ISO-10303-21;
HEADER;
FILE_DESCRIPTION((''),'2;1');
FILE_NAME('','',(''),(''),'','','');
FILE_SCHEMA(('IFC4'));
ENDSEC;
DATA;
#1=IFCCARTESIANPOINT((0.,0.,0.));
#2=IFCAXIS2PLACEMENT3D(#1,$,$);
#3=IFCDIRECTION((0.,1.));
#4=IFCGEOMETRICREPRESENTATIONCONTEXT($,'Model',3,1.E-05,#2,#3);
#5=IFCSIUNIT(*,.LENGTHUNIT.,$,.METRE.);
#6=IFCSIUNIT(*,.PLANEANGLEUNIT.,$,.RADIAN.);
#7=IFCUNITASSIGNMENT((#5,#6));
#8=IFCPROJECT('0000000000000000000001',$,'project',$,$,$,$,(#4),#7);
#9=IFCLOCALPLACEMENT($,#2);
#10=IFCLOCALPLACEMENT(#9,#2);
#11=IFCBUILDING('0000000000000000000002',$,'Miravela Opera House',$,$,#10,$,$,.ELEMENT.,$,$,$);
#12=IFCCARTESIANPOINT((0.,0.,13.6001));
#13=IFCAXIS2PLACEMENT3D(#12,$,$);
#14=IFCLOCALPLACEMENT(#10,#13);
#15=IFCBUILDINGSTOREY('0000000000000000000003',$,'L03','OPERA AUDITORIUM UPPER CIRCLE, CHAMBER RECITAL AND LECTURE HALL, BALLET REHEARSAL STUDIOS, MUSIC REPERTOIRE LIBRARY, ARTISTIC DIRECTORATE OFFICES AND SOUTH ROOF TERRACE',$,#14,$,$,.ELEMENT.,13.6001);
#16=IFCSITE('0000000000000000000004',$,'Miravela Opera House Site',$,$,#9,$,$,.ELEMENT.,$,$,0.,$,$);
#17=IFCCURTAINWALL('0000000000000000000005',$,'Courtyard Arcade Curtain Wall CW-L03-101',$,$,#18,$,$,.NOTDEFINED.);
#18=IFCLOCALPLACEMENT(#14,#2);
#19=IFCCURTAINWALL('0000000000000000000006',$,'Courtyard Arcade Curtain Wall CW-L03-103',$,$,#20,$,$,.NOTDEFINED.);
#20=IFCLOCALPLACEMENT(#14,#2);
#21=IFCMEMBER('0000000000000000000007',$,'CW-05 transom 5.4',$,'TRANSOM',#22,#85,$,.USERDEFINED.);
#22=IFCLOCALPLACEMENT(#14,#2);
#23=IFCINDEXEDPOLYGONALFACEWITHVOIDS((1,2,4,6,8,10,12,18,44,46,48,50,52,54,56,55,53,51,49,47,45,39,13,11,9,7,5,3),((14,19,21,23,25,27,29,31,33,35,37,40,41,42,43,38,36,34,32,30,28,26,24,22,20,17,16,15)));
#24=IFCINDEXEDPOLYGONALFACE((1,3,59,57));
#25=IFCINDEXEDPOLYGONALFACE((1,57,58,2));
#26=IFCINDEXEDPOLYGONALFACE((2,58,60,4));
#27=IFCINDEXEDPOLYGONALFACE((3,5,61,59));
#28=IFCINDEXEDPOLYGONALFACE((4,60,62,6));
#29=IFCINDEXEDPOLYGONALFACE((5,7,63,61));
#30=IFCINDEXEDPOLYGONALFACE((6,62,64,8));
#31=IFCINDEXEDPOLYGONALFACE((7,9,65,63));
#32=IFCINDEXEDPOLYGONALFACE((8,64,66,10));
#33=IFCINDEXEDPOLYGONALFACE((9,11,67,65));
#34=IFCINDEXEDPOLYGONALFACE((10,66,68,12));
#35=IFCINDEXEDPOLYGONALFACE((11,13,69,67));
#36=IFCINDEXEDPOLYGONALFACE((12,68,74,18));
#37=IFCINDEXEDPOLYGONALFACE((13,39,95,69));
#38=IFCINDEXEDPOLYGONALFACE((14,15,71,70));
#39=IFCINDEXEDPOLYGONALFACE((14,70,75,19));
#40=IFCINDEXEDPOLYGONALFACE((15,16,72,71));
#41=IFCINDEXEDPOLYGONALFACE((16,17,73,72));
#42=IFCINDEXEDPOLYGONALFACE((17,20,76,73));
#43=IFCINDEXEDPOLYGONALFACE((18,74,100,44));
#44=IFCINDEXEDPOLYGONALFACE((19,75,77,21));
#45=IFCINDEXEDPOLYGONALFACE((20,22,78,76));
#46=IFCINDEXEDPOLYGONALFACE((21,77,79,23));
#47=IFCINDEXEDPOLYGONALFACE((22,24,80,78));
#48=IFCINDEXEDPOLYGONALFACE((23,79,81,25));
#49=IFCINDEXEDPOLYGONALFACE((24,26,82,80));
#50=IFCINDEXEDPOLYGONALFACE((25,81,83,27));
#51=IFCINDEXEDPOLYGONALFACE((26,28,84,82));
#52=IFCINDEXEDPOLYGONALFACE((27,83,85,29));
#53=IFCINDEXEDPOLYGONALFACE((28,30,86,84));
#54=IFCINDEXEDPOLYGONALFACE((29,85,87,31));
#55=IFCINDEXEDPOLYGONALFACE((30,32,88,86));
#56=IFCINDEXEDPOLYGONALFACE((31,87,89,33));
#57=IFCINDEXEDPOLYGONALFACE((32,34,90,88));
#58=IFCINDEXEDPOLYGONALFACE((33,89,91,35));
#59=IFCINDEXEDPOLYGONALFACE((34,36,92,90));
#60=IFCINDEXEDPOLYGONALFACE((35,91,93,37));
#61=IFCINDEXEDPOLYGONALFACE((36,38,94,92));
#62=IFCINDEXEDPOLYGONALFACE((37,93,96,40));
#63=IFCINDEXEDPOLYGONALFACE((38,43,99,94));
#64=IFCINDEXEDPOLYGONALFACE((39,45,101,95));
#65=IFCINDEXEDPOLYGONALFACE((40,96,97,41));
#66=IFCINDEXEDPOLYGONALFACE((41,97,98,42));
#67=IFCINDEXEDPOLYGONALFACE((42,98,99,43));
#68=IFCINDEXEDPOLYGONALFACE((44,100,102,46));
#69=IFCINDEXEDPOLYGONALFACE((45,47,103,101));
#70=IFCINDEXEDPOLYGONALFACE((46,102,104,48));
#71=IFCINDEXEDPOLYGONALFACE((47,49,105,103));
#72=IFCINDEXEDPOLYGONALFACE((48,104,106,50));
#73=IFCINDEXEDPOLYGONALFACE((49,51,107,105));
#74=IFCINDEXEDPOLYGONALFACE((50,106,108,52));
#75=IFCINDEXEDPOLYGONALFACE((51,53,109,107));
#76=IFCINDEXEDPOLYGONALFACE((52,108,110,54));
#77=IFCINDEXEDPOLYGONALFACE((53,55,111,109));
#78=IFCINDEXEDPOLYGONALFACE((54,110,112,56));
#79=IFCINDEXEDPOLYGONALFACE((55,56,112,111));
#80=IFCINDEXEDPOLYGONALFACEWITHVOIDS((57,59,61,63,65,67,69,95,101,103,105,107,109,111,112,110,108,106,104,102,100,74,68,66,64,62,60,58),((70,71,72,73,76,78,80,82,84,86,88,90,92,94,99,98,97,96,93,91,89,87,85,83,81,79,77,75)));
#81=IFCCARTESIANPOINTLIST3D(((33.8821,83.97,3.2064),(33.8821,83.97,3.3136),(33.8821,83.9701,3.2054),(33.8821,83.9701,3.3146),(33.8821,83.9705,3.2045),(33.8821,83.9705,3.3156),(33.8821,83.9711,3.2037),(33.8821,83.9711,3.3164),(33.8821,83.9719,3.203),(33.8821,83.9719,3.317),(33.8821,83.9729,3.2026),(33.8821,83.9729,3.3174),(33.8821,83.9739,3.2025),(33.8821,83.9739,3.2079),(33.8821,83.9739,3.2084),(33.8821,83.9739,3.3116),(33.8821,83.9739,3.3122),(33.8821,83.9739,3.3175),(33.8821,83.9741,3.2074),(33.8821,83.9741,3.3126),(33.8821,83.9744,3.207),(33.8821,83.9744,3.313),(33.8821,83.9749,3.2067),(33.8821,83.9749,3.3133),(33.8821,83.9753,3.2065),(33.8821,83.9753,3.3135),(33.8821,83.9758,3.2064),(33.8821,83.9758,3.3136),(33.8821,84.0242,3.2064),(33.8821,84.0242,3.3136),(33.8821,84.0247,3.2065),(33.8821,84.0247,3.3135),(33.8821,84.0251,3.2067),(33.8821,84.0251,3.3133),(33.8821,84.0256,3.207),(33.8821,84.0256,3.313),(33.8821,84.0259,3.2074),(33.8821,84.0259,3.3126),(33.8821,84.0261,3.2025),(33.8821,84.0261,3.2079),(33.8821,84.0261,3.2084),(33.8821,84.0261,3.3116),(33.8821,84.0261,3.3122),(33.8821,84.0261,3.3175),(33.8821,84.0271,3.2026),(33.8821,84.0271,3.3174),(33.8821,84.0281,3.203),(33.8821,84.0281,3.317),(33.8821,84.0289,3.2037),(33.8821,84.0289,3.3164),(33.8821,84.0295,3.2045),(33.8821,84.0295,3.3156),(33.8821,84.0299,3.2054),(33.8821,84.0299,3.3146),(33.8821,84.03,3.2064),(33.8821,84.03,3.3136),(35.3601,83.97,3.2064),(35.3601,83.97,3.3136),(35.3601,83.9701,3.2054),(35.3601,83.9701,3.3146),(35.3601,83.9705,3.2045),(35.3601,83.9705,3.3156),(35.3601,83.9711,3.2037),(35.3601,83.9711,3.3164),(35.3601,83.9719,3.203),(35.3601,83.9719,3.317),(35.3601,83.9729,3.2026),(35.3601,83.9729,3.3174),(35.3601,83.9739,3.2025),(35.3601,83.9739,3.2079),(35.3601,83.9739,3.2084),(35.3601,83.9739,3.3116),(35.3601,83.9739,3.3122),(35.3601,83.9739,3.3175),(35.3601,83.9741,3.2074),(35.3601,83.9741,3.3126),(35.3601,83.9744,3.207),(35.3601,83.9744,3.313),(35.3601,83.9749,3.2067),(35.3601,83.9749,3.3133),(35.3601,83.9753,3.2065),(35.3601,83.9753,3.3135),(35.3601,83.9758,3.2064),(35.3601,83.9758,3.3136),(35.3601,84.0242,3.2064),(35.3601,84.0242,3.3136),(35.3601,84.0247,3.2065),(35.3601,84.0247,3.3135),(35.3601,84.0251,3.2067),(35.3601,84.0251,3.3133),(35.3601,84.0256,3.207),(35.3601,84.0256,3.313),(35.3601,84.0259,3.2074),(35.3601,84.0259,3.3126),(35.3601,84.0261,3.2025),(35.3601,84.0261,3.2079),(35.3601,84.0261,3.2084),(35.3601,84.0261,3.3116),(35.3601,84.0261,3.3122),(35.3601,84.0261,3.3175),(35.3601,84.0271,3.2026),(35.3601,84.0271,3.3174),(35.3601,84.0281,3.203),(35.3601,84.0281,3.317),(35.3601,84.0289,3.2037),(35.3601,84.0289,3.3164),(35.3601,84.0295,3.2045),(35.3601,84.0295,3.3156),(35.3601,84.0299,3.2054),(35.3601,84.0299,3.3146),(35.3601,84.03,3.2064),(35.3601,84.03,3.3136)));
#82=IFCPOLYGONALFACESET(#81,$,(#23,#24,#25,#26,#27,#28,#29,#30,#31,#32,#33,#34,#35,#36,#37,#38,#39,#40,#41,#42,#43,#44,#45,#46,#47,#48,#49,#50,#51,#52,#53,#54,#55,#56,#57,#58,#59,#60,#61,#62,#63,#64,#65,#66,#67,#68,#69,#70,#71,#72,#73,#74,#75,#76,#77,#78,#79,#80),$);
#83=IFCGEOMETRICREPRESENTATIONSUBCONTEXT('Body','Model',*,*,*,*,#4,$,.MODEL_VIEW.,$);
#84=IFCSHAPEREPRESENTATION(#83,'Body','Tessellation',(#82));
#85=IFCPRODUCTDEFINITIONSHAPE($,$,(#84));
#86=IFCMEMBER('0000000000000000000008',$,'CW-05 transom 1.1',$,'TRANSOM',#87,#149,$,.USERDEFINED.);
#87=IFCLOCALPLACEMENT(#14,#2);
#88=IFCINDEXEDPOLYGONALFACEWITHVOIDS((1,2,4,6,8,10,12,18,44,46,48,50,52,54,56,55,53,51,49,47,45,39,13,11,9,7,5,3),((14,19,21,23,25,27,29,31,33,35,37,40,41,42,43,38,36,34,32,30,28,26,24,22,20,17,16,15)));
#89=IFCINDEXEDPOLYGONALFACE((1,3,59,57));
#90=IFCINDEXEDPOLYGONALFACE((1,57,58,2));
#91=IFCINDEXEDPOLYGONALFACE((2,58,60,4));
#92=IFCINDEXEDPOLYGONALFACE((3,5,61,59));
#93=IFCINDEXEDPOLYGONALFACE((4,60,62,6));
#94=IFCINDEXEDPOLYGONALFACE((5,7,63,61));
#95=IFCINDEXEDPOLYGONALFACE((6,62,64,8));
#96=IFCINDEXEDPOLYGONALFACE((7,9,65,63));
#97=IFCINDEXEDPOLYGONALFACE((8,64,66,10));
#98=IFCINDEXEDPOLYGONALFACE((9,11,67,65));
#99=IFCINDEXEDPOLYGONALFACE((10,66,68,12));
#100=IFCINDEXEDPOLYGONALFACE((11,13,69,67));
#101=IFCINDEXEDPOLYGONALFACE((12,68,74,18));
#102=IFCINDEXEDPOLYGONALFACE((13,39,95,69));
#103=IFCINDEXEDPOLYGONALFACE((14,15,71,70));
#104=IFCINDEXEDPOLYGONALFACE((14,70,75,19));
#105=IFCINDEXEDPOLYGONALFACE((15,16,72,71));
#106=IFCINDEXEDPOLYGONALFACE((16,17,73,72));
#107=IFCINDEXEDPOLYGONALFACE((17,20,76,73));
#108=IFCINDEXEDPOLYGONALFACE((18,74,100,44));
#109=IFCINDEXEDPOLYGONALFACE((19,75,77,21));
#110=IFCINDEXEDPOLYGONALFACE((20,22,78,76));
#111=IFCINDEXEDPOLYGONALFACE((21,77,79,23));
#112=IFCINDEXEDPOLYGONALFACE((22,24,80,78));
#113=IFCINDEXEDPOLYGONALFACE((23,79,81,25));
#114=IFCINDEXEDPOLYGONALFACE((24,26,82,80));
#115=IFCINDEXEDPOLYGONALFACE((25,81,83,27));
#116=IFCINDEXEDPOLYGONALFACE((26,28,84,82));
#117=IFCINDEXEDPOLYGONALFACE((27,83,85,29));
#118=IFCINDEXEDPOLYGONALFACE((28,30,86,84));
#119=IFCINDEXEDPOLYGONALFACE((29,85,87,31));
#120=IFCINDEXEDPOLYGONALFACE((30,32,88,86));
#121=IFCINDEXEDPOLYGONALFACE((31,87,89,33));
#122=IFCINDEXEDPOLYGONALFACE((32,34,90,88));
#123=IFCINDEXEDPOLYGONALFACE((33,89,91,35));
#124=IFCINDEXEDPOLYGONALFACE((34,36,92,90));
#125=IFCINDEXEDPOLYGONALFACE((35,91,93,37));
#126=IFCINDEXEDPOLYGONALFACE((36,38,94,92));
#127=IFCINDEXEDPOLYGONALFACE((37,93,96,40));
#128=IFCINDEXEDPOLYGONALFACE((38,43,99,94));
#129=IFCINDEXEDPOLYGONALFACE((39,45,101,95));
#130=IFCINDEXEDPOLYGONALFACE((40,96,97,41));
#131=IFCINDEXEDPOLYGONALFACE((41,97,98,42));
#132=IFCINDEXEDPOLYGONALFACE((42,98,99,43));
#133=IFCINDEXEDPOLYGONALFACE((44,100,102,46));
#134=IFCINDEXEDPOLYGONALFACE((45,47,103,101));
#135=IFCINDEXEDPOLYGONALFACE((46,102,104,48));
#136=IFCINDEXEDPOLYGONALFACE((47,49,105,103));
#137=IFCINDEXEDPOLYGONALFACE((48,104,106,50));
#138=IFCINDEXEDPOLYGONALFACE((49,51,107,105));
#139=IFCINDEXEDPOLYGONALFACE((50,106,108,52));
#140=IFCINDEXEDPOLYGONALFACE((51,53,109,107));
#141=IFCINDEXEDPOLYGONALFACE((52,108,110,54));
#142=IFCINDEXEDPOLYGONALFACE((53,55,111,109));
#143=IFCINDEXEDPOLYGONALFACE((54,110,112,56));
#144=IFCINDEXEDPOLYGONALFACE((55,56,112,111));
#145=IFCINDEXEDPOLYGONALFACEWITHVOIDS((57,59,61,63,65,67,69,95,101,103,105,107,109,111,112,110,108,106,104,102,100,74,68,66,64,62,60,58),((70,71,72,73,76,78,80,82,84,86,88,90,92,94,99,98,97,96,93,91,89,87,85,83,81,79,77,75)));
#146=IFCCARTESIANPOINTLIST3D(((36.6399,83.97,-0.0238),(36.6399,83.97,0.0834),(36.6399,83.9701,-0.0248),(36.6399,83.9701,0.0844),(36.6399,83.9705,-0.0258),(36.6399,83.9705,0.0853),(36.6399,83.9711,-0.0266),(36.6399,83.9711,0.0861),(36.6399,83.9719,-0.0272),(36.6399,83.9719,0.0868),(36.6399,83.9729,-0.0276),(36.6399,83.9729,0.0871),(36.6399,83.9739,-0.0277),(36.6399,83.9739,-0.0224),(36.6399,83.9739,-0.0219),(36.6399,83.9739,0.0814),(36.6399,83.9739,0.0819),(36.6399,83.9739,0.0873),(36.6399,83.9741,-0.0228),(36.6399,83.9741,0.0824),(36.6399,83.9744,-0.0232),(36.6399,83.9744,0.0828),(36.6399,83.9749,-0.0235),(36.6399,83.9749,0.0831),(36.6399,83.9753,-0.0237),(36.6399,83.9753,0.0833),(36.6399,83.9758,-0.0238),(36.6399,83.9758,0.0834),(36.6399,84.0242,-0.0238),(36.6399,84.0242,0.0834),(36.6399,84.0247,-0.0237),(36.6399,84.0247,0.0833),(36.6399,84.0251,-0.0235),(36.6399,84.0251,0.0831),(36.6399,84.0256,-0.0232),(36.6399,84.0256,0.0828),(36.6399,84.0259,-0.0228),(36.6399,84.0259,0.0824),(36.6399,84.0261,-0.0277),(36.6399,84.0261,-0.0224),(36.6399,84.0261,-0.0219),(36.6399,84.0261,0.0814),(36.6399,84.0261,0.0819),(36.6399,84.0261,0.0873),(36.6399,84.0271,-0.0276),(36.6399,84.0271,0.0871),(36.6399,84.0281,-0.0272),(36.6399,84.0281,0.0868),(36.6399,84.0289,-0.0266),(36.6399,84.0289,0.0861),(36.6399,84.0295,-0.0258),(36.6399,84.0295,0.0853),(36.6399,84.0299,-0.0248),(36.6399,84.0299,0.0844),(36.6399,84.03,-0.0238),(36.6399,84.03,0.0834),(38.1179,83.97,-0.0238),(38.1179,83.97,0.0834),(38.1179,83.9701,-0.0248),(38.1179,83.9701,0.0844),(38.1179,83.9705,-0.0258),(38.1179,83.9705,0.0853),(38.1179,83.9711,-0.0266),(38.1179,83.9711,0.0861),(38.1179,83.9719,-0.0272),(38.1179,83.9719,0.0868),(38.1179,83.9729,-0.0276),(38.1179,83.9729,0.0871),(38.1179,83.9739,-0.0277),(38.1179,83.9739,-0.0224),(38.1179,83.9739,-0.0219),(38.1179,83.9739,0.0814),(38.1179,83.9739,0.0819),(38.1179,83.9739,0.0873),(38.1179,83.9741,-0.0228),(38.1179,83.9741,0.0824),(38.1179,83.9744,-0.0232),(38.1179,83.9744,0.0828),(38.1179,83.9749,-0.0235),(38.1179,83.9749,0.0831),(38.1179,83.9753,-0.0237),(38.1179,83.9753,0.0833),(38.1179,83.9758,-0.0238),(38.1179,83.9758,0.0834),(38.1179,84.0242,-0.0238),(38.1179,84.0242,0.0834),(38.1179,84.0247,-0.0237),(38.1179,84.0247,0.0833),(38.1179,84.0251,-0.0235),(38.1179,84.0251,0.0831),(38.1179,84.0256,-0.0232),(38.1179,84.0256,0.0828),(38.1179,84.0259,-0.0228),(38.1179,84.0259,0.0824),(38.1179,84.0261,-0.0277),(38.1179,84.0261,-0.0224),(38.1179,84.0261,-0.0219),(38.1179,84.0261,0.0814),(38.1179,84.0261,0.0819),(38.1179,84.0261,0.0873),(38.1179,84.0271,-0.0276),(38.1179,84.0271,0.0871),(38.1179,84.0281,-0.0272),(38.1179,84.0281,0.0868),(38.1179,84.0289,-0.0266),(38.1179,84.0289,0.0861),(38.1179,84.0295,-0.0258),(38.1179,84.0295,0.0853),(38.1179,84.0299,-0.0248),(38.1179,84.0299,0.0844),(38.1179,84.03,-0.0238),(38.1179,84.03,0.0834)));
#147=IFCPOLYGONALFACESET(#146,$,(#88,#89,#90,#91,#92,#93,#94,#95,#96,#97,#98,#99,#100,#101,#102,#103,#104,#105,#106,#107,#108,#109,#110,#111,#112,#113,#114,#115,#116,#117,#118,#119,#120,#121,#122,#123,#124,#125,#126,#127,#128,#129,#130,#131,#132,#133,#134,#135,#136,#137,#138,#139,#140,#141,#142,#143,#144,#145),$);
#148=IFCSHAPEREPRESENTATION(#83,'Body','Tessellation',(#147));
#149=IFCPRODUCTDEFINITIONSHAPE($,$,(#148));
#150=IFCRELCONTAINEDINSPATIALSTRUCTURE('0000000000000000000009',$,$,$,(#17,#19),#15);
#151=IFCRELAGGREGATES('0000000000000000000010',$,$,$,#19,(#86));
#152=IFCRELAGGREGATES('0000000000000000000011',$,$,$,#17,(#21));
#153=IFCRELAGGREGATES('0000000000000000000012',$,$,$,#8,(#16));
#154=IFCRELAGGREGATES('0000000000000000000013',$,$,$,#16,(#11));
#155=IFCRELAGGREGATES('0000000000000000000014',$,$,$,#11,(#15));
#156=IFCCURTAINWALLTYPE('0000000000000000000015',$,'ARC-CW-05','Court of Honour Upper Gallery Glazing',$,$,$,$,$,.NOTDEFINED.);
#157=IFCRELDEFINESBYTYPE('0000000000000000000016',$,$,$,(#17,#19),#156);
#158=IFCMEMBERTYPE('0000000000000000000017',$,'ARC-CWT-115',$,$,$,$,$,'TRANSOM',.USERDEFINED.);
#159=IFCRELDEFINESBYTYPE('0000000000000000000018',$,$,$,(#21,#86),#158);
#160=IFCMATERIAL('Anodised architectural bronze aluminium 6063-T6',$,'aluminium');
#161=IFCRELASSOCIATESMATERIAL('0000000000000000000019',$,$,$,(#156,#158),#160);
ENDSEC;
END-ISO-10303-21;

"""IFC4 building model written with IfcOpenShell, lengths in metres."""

from ifc_helpers import new_model, si_unit, direction, frame, origin, origin_2d, place, context, subcontext, project, spatial, hollow_rectangle, extrude, material, material_profile, profile_set, type_object, element, aggregate, save


model = new_model("IFC4")

# Units and contexts
model_context = context("Model", 3, precision=1e-05, world=origin(), true_north=direction((0.0, 1.0)))
body_context = subcontext(model_context, "Body", "Model", "MODEL_VIEW")
ifc_project = project(units=[si_unit("LENGTHUNIT", "METRE"), si_unit("PLANEANGLEUNIT", "RADIAN")], contexts=[model_context])

# Site, building, storey
site_placement = place(None, origin())
site = spatial("IfcSite", under=ifc_project, at=site_placement, Name="Miravela Opera House Site", CompositionType="ELEMENT", RefElevation=0.0)
building_placement = place(site_placement, origin())
building = spatial("IfcBuilding", under=site, at=building_placement, Name="Miravela Opera House", CompositionType="ELEMENT")
storey_placement = place(building_placement, frame((0.0, 0.0, 13.6001)))
storey = spatial("IfcBuildingStorey", under=building, at=storey_placement, Name="L03", Description="OPERA AUDITORIUM UPPER CIRCLE, CHAMBER RECITAL AND LECTURE HALL, BALLET REHEARSAL STUDIOS, MUSIC REPERTOIRE LIBRARY, ARTISTIC DIRECTORATE OFFICES AND SOUTH ROOF TERRACE", CompositionType="ELEMENT", Elevation=13.6001)

# Curtain wall
ifc_material_1 = material(Name="Anodised architectural bronze aluminium 6063-T6", Category="aluminium")
curtain_wall_type = type_object("IfcCurtainWallType", Name="ARC-CW-05", Description="Court of Honour Upper Gallery Glazing", PredefinedType="NOTDEFINED", material=ifc_material_1)
curtain_wall_1_placement = place(storey_placement, origin())
curtain_wall_1 = element("IfcCurtainWall", 1, at=curtain_wall_1_placement, inside=storey, type_object=curtain_wall_type, Name="Courtyard Arcade Curtain Wall CW-L03-101", PredefinedType="NOTDEFINED")

# Curtain wall
curtain_wall_2_placement = place(storey_placement, origin())
curtain_wall_2 = element("IfcCurtainWall", 2, at=curtain_wall_2_placement, inside=storey, type_object=curtain_wall_type, Name="Courtyard Arcade Curtain Wall CW-L03-103", PredefinedType="NOTDEFINED")

# Members
ifc_material_profile_1 = material_profile(ifc_material_1, hollow_rectangle(XDim=0.0601, YDim=0.115, WallThickness=0.0039, InnerFilletRadius=0.002, OuterFilletRadius=0.0039, at=origin_2d()), Name="CWT-60X115")
ifc_profile_set_1 = profile_set([ifc_material_profile_1])
member_type_1 = type_object("IfcMemberType", Name="ARC-CWT-115", ElementType="TRANSOM", PredefinedType="USERDEFINED", material=ifc_profile_set_1)
member_1_placement = place(storey_placement, frame((33.8821, 84.0, 3.26), z_axis=(1.0, 0.0, 0.0), x_axis=(0.0, 1.0, 0.0)))
member_1 = element("IfcMember", 3, at=member_1_placement, type_object=member_type_1, Name="CW-05 transom 5.4", ObjectType="TRANSOM", PredefinedType="USERDEFINED", context=body_context, shape_type="SweptSolid", body=[
    extrude(hollow_rectangle(XDim=0.0601, YDim=0.115, WallThickness=0.0039, InnerFilletRadius=0.002, OuterFilletRadius=0.0039, at=origin_2d()), origin(), (0.0, 0.0, 1.0), 1.478),
])
member_2_placement = place(storey_placement, frame((36.6399, 84.0, 0.0298), z_axis=(1.0, 0.0, 0.0), x_axis=(0.0, 1.0, 0.0)))
member_2 = element("IfcMember", 4, at=member_2_placement, type_object=member_type_1, Name="CW-05 transom 1.1", ObjectType="TRANSOM", PredefinedType="USERDEFINED", context=body_context, shape_type="SweptSolid", body=[
    extrude(hollow_rectangle(XDim=0.0601, YDim=0.115, WallThickness=0.0039, InnerFilletRadius=0.002, OuterFilletRadius=0.0039, at=origin_2d()), origin(), (0.0, 0.0, 1.0), 1.478),
])
aggregate(curtain_wall_2, [member_2])

aggregate(curtain_wall_1, [member_1])

save(model, "model.ifc")
